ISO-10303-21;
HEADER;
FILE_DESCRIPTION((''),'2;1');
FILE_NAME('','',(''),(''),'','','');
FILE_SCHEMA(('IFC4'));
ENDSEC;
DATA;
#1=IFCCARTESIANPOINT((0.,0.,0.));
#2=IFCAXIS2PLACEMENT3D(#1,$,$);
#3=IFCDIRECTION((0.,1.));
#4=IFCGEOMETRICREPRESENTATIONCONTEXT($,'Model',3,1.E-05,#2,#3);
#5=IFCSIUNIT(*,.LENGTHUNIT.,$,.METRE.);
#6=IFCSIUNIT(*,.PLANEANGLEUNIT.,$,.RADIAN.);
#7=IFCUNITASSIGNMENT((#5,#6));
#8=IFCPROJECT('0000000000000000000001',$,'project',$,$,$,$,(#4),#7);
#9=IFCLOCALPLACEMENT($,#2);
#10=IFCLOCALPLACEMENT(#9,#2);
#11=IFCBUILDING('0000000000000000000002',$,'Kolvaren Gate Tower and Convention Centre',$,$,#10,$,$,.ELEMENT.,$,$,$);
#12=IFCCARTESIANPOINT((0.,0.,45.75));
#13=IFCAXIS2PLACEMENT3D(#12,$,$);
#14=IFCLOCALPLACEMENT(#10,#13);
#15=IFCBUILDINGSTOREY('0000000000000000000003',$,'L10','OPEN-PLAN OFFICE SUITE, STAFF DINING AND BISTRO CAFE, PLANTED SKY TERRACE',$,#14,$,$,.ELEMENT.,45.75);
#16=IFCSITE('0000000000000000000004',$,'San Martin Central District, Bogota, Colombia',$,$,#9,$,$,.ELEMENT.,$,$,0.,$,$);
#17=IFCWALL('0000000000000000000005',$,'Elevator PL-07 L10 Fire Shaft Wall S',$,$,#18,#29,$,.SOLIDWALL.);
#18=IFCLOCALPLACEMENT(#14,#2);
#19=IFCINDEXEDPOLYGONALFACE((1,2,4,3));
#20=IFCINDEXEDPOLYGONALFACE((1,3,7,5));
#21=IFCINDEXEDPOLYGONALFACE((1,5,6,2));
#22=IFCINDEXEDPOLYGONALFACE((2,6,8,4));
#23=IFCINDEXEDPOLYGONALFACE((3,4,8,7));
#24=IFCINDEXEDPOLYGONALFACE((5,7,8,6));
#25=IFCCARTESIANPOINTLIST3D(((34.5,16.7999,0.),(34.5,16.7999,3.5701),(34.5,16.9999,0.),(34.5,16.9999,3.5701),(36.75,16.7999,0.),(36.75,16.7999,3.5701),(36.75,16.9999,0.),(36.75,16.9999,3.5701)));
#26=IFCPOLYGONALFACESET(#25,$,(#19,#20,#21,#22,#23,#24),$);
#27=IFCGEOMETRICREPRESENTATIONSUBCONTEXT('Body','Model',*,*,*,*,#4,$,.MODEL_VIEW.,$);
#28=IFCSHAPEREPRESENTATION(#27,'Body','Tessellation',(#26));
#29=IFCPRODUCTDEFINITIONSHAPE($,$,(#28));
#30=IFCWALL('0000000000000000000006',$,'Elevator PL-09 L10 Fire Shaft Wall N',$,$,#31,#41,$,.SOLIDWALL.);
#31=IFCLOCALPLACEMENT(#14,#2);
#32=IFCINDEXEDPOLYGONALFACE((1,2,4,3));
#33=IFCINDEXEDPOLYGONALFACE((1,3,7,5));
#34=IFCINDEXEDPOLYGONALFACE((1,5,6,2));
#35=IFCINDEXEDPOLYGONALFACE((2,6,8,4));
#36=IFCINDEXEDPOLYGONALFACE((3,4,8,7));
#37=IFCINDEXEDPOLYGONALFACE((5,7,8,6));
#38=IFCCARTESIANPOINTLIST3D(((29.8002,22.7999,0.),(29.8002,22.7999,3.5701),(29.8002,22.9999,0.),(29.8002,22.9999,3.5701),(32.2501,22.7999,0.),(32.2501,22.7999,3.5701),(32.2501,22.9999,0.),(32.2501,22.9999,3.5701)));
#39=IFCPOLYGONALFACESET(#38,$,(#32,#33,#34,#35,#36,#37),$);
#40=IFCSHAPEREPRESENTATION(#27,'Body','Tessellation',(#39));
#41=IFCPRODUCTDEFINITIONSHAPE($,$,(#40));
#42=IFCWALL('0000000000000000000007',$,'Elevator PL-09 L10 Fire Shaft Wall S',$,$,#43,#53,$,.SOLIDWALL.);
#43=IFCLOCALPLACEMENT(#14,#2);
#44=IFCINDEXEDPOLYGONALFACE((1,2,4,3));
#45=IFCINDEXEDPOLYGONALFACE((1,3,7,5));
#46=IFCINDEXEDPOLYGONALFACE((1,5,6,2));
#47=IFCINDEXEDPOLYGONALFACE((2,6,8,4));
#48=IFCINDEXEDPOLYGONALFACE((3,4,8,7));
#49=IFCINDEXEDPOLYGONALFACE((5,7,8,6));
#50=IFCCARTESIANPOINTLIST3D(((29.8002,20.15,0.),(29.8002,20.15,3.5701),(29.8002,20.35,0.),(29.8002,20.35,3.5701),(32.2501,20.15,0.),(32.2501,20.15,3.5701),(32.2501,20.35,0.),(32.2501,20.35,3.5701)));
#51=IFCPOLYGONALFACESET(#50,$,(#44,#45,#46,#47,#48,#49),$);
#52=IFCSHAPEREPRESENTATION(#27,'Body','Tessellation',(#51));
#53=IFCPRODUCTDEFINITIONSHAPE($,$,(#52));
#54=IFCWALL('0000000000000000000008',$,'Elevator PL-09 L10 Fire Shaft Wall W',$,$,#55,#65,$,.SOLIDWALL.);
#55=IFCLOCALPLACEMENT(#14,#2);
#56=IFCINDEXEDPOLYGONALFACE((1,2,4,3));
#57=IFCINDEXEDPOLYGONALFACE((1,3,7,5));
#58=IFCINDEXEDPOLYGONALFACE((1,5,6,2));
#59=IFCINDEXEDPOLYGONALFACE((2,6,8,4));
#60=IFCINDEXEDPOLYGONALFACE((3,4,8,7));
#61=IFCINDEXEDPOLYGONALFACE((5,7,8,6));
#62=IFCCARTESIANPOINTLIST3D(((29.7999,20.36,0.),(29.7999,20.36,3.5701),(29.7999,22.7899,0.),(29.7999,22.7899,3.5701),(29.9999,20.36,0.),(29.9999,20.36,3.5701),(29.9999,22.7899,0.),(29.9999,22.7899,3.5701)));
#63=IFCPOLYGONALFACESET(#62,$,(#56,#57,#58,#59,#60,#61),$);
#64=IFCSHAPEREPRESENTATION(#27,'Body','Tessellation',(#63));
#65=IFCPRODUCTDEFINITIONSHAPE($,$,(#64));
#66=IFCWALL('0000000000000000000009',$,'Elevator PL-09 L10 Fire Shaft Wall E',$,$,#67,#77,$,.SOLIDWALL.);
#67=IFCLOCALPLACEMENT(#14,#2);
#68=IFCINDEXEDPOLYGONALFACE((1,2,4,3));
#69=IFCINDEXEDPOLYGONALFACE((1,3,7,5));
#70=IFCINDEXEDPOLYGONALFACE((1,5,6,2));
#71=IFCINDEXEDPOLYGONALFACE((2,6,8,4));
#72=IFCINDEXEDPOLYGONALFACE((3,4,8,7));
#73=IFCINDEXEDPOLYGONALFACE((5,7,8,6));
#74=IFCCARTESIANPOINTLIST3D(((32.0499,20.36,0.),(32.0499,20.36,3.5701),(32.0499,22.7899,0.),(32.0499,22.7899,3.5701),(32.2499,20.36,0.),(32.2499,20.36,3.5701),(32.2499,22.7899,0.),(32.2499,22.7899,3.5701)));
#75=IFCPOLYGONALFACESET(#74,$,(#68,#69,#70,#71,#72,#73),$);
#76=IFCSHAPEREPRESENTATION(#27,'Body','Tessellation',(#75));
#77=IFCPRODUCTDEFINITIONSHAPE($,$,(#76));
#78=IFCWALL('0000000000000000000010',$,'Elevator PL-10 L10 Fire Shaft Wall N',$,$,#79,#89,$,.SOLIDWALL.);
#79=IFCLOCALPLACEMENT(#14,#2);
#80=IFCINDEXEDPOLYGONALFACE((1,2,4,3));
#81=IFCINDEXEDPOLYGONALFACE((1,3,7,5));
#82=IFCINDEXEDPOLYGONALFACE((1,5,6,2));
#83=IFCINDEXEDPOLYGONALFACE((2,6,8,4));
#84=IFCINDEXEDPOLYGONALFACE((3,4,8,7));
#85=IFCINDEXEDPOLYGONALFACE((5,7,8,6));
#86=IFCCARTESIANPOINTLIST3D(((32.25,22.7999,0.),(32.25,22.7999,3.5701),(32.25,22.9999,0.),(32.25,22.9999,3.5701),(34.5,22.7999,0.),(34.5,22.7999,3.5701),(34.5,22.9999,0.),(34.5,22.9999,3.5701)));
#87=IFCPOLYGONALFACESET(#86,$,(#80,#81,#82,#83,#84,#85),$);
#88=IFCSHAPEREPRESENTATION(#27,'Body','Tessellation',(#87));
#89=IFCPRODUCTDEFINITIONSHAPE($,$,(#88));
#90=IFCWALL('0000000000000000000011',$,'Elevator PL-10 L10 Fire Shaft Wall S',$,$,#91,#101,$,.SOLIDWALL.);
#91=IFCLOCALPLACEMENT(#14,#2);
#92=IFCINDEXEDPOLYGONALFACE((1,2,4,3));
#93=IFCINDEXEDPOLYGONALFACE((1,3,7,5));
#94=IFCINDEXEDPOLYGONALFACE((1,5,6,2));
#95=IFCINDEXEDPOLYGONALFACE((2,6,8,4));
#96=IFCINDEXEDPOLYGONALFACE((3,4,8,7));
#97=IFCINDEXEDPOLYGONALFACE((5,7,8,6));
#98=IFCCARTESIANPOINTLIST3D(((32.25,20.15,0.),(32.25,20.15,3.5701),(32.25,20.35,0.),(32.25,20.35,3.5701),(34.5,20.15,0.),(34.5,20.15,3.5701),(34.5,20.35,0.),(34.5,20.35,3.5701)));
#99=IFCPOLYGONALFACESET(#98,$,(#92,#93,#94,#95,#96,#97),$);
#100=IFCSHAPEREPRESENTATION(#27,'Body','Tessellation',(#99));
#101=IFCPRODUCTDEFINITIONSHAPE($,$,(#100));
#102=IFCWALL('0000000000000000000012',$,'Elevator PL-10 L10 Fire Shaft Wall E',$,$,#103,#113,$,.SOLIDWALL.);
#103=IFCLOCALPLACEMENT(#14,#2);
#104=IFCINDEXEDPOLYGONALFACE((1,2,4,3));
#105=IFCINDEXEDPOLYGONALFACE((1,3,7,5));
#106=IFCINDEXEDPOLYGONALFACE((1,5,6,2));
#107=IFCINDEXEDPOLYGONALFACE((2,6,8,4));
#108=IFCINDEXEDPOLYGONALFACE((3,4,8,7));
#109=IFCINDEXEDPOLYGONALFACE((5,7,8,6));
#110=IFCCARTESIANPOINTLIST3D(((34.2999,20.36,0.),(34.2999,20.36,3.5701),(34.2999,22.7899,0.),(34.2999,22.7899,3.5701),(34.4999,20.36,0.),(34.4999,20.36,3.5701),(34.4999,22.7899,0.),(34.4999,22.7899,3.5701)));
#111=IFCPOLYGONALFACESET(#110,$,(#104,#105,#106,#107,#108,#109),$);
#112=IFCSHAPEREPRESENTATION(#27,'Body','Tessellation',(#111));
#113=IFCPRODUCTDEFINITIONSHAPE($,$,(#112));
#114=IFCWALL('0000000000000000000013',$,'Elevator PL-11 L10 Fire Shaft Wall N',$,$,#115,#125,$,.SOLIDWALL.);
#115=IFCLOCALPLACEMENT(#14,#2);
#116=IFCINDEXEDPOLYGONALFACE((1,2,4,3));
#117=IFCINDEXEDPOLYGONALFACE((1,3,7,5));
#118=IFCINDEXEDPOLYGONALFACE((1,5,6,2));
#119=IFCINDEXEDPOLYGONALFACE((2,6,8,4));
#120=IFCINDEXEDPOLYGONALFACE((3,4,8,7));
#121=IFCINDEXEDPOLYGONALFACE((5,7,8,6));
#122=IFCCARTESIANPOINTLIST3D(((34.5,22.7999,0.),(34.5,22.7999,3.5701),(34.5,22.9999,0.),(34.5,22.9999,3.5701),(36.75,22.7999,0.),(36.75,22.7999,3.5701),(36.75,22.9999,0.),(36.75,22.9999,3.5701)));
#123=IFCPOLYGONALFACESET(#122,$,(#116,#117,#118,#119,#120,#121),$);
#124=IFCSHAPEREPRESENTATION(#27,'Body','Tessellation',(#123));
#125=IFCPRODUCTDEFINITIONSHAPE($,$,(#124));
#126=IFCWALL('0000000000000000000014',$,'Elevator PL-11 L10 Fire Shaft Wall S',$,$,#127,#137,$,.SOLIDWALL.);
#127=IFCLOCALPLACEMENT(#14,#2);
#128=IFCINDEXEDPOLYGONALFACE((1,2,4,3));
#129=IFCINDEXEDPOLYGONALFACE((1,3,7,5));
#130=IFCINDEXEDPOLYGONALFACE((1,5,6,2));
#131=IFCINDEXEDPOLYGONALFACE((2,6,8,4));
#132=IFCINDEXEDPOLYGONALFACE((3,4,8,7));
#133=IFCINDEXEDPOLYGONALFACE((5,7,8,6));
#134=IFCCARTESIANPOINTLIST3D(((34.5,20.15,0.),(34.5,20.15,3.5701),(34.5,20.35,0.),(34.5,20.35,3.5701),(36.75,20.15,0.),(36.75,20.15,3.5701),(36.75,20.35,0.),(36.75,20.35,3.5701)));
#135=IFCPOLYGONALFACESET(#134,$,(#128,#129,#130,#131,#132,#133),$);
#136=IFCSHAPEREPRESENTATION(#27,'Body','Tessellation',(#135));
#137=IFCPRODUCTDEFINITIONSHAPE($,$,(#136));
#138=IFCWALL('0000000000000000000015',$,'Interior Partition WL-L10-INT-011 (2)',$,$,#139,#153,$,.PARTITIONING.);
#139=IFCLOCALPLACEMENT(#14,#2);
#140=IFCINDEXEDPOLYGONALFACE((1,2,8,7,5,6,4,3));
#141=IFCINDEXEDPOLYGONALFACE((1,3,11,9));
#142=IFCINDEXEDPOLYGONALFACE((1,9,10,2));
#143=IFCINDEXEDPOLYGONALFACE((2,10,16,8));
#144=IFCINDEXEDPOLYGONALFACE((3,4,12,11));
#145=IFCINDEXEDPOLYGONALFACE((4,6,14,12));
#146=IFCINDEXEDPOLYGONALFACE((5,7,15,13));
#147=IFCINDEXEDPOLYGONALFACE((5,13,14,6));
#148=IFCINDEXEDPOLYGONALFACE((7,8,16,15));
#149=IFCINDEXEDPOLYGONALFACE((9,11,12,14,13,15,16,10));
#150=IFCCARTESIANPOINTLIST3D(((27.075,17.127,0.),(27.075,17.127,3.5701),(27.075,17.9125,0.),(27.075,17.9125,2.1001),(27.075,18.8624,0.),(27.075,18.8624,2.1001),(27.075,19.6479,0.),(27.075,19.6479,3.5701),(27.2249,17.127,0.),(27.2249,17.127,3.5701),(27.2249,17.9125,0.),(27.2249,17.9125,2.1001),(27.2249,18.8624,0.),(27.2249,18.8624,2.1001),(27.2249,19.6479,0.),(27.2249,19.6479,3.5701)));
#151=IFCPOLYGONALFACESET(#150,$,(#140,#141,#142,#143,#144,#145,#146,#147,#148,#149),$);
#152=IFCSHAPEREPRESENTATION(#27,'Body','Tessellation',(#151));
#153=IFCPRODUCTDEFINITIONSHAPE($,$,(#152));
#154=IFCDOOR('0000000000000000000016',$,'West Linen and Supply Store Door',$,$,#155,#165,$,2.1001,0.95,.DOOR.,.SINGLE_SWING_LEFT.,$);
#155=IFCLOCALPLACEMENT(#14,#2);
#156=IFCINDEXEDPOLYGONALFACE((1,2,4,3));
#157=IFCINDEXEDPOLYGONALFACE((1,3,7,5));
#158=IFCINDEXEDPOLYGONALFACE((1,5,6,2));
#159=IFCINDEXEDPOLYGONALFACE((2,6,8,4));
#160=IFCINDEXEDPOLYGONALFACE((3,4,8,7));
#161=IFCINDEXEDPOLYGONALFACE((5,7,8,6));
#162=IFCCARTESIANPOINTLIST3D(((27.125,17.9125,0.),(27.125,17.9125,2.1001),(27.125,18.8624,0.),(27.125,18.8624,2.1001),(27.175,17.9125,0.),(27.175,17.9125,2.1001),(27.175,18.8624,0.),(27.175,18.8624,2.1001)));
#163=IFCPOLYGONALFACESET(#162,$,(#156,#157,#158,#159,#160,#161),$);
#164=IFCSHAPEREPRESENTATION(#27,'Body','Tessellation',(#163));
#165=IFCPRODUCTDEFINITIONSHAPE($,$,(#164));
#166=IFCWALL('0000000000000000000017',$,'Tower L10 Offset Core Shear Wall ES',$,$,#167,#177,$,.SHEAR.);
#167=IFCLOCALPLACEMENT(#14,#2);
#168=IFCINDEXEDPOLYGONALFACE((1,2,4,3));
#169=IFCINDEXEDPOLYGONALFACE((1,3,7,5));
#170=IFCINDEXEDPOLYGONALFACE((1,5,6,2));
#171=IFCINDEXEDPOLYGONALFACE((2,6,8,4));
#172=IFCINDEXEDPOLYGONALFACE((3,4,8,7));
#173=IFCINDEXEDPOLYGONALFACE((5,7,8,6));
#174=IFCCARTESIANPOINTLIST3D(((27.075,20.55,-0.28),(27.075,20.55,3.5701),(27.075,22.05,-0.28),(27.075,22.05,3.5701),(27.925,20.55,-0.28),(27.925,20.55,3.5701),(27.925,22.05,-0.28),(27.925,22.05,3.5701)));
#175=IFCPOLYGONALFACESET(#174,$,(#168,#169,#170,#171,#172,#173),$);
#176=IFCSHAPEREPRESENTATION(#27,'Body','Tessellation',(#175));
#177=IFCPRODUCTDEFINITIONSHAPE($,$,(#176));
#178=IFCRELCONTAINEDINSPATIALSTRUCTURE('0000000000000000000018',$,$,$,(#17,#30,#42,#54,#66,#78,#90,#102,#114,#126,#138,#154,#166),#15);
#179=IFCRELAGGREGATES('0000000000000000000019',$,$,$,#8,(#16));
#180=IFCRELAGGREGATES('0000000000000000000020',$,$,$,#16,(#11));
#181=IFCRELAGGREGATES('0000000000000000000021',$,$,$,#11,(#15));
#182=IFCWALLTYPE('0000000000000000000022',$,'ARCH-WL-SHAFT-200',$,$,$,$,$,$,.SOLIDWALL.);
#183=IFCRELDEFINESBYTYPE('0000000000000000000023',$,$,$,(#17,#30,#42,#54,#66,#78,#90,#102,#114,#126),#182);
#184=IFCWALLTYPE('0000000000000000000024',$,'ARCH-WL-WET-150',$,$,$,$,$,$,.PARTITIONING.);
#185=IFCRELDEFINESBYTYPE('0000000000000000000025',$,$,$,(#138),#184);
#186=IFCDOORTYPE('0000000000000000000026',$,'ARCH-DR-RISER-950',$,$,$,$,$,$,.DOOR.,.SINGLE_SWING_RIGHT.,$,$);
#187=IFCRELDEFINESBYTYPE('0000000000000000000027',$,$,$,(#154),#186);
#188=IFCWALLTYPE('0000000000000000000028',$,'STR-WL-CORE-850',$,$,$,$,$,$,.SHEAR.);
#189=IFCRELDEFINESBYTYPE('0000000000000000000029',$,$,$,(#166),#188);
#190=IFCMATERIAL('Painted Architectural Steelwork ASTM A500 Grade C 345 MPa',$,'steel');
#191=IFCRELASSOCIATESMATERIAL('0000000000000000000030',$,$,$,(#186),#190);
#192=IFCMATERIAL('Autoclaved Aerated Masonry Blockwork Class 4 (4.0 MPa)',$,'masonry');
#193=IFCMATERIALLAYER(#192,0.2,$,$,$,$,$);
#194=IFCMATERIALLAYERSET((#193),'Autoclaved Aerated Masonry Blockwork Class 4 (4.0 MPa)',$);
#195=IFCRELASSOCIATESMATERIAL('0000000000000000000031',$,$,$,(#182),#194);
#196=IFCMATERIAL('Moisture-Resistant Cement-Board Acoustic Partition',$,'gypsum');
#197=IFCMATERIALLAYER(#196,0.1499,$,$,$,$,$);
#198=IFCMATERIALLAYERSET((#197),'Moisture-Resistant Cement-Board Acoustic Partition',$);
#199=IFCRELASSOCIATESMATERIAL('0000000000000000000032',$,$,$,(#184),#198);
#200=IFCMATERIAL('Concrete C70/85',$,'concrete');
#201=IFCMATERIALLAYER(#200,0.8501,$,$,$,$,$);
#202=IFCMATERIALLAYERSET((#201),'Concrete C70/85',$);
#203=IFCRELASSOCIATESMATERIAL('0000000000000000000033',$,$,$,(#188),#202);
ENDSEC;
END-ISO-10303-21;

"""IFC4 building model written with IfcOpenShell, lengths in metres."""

from ifc_helpers import new_model, si_unit, direction, frame, frame_2d, origin, place, context, subcontext, project, spatial, rectangle, extrude, material, layer, layer_set, type_object, element, fill, save


model = new_model("IFC4")

# Units and contexts
model_context = context("Model", 3, precision=1e-05, world=origin(), true_north=direction((0.0, 1.0)))
body_context = subcontext(model_context, "Body", "Model", "MODEL_VIEW")
ifc_project = project(units=[si_unit("LENGTHUNIT", "METRE"), si_unit("PLANEANGLEUNIT", "RADIAN")], contexts=[model_context])

# Site, building, storey
site_placement = place(None, origin())
site = spatial("IfcSite", under=ifc_project, at=site_placement, Name="San Martin Central District, Bogota, Colombia", CompositionType="ELEMENT", RefElevation=0.0)
building_placement = place(site_placement, origin())
building = spatial("IfcBuilding", under=site, at=building_placement, Name="Kolvaren Gate Tower and Convention Centre", CompositionType="ELEMENT")
storey_placement = place(building_placement, frame((0.0, 0.0, 45.75)))
storey = spatial("IfcBuildingStorey", under=building, at=storey_placement, Name="L10", Description="OPEN-PLAN OFFICE SUITE, STAFF DINING AND BISTRO CAFE, PLANTED SKY TERRACE", CompositionType="ELEMENT", Elevation=45.75)

# Shared definitions
ifc_material_1 = material(Name="Autoclaved Aerated Masonry Blockwork Class 4 (4.0 MPa)", Category="masonry")
ifc_material_2 = material(Name="Painted Architectural Steelwork ASTM A500 Grade C 345 MPa", Category="steel")
door_type_1 = type_object("IfcDoorType", Name="ARCH-DR-RISER-950", OperationType="SINGLE_SWING_RIGHT", PredefinedType="DOOR", material=ifc_material_2)

# Walls
ifc_layer_1 = layer(ifc_material_1, 0.2)
ifc_layer_set_1 = layer_set([ifc_layer_1], Name="Autoclaved Aerated Masonry Blockwork Class 4 (4.0 MPa)")
wall_type_1 = type_object("IfcWallType", Name="ARCH-WL-SHAFT-200", PredefinedType="SOLIDWALL", material=ifc_layer_set_1)
for number, where, z_axis, x_axis, name in (
    (1, (34.5, 16.8999, 0.0), (0.0, 0.0, 1.0), (1.0, 0.0, 0.0), "Elevator PL-07 L10 Fire Shaft Wall S"),
):
    element("IfcWall", number, at=place(storey_placement, frame(where, z_axis=z_axis, x_axis=x_axis)), inside=storey, type_object=wall_type_1, Name=name, PredefinedType="SOLIDWALL", context=body_context, shape_type="SweptSolid", body=[
        extrude(rectangle(XDim=2.25, YDim=0.2, at=frame_2d((1.125, 0.0))), origin(), (0.0, 0.0, 1.0), 3.5701),
    ])
for number, where, z_axis, x_axis, name in (
    (2, (29.8, 22.8999, 0.0), (0.0, 0.0, 1.0), (1.0, 0.0, 0.0), "Elevator PL-09 L10 Fire Shaft Wall N"),
    (3, (29.8, 20.25, 0.0), (0.0, 0.0, 1.0), (1.0, 0.0, 0.0), "Elevator PL-09 L10 Fire Shaft Wall S"),
):
    element("IfcWall", number, at=place(storey_placement, frame(where, z_axis=z_axis, x_axis=x_axis)), inside=storey, type_object=wall_type_1, Name=name, PredefinedType="SOLIDWALL", context=body_context, shape_type="SweptSolid", body=[
        extrude(rectangle(XDim=2.45, YDim=0.2, at=frame_2d((1.2251, 0.0))), origin(), (0.0, 0.0, 1.0), 3.5701),
    ])
for number, where, z_axis, x_axis, name in (
    (4, (29.8999, 20.3601, 0.0), (0.0, 0.0, 1.0), (0.0, 1.0, 0.0), "Elevator PL-09 L10 Fire Shaft Wall W"),
    (5, (32.1499, 20.3601, 0.0), (0.0, 0.0, 1.0), (0.0, 1.0, 0.0), "Elevator PL-09 L10 Fire Shaft Wall E"),
):
    element("IfcWall", number, at=place(storey_placement, frame(where, z_axis=z_axis, x_axis=x_axis)), inside=storey, type_object=wall_type_1, Name=name, PredefinedType="SOLIDWALL", context=body_context, shape_type="SweptSolid", body=[
        extrude(rectangle(XDim=2.4299, YDim=0.2, at=frame_2d((1.2148, 0.0))), origin(), (0.0, 0.0, 1.0), 3.5701),
    ])
for number, where, z_axis, x_axis, name in (
    (6, (32.25, 22.8999, 0.0), (0.0, 0.0, 1.0), (1.0, 0.0, 0.0), "Elevator PL-10 L10 Fire Shaft Wall N"),
    (7, (32.25, 20.25, 0.0), (0.0, 0.0, 1.0), (1.0, 0.0, 0.0), "Elevator PL-10 L10 Fire Shaft Wall S"),
):
    element("IfcWall", number, at=place(storey_placement, frame(where, z_axis=z_axis, x_axis=x_axis)), inside=storey, type_object=wall_type_1, Name=name, PredefinedType="SOLIDWALL", context=body_context, shape_type="SweptSolid", body=[
        extrude(rectangle(XDim=2.25, YDim=0.2, at=frame_2d((1.125, 0.0))), origin(), (0.0, 0.0, 1.0), 3.5701),
    ])
wall_1_placement = place(storey_placement, frame((34.3999, 20.3601, 0.0), z_axis=(0.0, 0.0, 1.0), x_axis=(0.0, 1.0, 0.0)))
element("IfcWall", 8, at=wall_1_placement, inside=storey, type_object=wall_type_1, Name="Elevator PL-10 L10 Fire Shaft Wall E", PredefinedType="SOLIDWALL", context=body_context, shape_type="SweptSolid", body=[
    extrude(rectangle(XDim=2.4299, YDim=0.2, at=frame_2d((1.2148, 0.0))), origin(), (0.0, 0.0, 1.0), 3.5701),
])
for number, where, z_axis, x_axis, name in (
    (9, (34.5, 22.8999, 0.0), (0.0, 0.0, 1.0), (1.0, 0.0, 0.0), "Elevator PL-11 L10 Fire Shaft Wall N"),
    (10, (34.5, 20.25, 0.0), (0.0, 0.0, 1.0), (1.0, 0.0, 0.0), "Elevator PL-11 L10 Fire Shaft Wall S"),
):
    element("IfcWall", number, at=place(storey_placement, frame(where, z_axis=z_axis, x_axis=x_axis)), inside=storey, type_object=wall_type_1, Name=name, PredefinedType="SOLIDWALL", context=body_context, shape_type="SweptSolid", body=[
        extrude(rectangle(XDim=2.25, YDim=0.2, at=frame_2d((1.125, 0.0))), origin(), (0.0, 0.0, 1.0), 3.5701),
    ])

# Wall, opening, door
ifc_material_3 = material(Name="Moisture-Resistant Cement-Board Acoustic Partition", Category="gypsum")
ifc_layer_2 = layer(ifc_material_3, 0.1499)
ifc_layer_set_2 = layer_set([ifc_layer_2], Name="Moisture-Resistant Cement-Board Acoustic Partition")
wall_type_2 = type_object("IfcWallType", Name="ARCH-WL-WET-150", PredefinedType="PARTITIONING", material=ifc_layer_set_2)
wall_2_placement = place(storey_placement, frame((27.1499, 17.127, 0.0), z_axis=(0.0, 0.0, 1.0), x_axis=(0.0, 1.0, 0.0)))
wall_2 = element("IfcWall", 11, at=wall_2_placement, inside=storey, type_object=wall_type_2, Name="Interior Partition WL-L10-INT-011 (2)", PredefinedType="PARTITIONING", context=body_context, shape_type="SweptSolid", body=[
    extrude(rectangle(XDim=2.521, YDim=0.1499, at=frame_2d((1.2605, 0.0))), origin(), (0.0, 0.0, 1.0), 3.5701),
])
opening_1_placement = place(wall_2_placement, frame((0.7854, 0.0, 0.0)))
opening_1 = element("IfcOpeningElement", 12, at=opening_1_placement, cuts=wall_2, PredefinedType="OPENING", context=body_context, shape_type="SweptSolid", body=[
    extrude(rectangle(XDim=0.95, YDim=2.1001, at=frame_2d((0.4751, 1.05))), frame((0.0, 0.085, 0.0), z_axis=(0.0, -1.0, 0.0), x_axis=(1.0, 0.0, 0.0)), (0.0, 0.0, 1.0), 0.1699),
])
door_1_placement = place(opening_1_placement, origin())
door_1 = element("IfcDoor", 13, at=door_1_placement, inside=storey, type_object=door_type_1, Name="West Linen and Supply Store Door", OperationType="SINGLE_SWING_LEFT", OverallHeight=2.1001, OverallWidth=0.95, PredefinedType="DOOR", context=body_context, shape_type="SweptSolid", body=[
    extrude(rectangle(XDim=0.95, YDim=2.1001, at=frame_2d((0.4751, 1.05))), frame((0.0, 0.0249, 0.0), z_axis=(0.0, -1.0, 0.0), x_axis=(1.0, 0.0, 0.0)), (0.0, 0.0, 1.0), 0.05),
])
fill(opening_1, door_1)

# Wall
ifc_material_4 = material(Name="Concrete C70/85", Category="concrete")
ifc_layer_3 = layer(ifc_material_4, 0.8501)
ifc_layer_set_3 = layer_set([ifc_layer_3], Name="Concrete C70/85")
wall_type_3 = type_object("IfcWallType", Name="STR-WL-CORE-850", PredefinedType="SHEAR", material=ifc_layer_set_3)
wall_3_placement = place(storey_placement, frame((27.5, 20.55, -0.28), z_axis=(0.0, 0.0, 1.0), x_axis=(0.0, 1.0, 0.0)))
element("IfcWall", 14, at=wall_3_placement, inside=storey, type_object=wall_type_3, Name="Tower L10 Offset Core Shear Wall ES", PredefinedType="SHEAR", context=body_context, shape_type="SweptSolid", body=[
    extrude(rectangle(XDim=1.5, YDim=0.8501, at=frame_2d((0.75, 0.0))), origin(), (0.0, 0.0, 1.0), 3.8501),
])

save(model, "model.ifc")
